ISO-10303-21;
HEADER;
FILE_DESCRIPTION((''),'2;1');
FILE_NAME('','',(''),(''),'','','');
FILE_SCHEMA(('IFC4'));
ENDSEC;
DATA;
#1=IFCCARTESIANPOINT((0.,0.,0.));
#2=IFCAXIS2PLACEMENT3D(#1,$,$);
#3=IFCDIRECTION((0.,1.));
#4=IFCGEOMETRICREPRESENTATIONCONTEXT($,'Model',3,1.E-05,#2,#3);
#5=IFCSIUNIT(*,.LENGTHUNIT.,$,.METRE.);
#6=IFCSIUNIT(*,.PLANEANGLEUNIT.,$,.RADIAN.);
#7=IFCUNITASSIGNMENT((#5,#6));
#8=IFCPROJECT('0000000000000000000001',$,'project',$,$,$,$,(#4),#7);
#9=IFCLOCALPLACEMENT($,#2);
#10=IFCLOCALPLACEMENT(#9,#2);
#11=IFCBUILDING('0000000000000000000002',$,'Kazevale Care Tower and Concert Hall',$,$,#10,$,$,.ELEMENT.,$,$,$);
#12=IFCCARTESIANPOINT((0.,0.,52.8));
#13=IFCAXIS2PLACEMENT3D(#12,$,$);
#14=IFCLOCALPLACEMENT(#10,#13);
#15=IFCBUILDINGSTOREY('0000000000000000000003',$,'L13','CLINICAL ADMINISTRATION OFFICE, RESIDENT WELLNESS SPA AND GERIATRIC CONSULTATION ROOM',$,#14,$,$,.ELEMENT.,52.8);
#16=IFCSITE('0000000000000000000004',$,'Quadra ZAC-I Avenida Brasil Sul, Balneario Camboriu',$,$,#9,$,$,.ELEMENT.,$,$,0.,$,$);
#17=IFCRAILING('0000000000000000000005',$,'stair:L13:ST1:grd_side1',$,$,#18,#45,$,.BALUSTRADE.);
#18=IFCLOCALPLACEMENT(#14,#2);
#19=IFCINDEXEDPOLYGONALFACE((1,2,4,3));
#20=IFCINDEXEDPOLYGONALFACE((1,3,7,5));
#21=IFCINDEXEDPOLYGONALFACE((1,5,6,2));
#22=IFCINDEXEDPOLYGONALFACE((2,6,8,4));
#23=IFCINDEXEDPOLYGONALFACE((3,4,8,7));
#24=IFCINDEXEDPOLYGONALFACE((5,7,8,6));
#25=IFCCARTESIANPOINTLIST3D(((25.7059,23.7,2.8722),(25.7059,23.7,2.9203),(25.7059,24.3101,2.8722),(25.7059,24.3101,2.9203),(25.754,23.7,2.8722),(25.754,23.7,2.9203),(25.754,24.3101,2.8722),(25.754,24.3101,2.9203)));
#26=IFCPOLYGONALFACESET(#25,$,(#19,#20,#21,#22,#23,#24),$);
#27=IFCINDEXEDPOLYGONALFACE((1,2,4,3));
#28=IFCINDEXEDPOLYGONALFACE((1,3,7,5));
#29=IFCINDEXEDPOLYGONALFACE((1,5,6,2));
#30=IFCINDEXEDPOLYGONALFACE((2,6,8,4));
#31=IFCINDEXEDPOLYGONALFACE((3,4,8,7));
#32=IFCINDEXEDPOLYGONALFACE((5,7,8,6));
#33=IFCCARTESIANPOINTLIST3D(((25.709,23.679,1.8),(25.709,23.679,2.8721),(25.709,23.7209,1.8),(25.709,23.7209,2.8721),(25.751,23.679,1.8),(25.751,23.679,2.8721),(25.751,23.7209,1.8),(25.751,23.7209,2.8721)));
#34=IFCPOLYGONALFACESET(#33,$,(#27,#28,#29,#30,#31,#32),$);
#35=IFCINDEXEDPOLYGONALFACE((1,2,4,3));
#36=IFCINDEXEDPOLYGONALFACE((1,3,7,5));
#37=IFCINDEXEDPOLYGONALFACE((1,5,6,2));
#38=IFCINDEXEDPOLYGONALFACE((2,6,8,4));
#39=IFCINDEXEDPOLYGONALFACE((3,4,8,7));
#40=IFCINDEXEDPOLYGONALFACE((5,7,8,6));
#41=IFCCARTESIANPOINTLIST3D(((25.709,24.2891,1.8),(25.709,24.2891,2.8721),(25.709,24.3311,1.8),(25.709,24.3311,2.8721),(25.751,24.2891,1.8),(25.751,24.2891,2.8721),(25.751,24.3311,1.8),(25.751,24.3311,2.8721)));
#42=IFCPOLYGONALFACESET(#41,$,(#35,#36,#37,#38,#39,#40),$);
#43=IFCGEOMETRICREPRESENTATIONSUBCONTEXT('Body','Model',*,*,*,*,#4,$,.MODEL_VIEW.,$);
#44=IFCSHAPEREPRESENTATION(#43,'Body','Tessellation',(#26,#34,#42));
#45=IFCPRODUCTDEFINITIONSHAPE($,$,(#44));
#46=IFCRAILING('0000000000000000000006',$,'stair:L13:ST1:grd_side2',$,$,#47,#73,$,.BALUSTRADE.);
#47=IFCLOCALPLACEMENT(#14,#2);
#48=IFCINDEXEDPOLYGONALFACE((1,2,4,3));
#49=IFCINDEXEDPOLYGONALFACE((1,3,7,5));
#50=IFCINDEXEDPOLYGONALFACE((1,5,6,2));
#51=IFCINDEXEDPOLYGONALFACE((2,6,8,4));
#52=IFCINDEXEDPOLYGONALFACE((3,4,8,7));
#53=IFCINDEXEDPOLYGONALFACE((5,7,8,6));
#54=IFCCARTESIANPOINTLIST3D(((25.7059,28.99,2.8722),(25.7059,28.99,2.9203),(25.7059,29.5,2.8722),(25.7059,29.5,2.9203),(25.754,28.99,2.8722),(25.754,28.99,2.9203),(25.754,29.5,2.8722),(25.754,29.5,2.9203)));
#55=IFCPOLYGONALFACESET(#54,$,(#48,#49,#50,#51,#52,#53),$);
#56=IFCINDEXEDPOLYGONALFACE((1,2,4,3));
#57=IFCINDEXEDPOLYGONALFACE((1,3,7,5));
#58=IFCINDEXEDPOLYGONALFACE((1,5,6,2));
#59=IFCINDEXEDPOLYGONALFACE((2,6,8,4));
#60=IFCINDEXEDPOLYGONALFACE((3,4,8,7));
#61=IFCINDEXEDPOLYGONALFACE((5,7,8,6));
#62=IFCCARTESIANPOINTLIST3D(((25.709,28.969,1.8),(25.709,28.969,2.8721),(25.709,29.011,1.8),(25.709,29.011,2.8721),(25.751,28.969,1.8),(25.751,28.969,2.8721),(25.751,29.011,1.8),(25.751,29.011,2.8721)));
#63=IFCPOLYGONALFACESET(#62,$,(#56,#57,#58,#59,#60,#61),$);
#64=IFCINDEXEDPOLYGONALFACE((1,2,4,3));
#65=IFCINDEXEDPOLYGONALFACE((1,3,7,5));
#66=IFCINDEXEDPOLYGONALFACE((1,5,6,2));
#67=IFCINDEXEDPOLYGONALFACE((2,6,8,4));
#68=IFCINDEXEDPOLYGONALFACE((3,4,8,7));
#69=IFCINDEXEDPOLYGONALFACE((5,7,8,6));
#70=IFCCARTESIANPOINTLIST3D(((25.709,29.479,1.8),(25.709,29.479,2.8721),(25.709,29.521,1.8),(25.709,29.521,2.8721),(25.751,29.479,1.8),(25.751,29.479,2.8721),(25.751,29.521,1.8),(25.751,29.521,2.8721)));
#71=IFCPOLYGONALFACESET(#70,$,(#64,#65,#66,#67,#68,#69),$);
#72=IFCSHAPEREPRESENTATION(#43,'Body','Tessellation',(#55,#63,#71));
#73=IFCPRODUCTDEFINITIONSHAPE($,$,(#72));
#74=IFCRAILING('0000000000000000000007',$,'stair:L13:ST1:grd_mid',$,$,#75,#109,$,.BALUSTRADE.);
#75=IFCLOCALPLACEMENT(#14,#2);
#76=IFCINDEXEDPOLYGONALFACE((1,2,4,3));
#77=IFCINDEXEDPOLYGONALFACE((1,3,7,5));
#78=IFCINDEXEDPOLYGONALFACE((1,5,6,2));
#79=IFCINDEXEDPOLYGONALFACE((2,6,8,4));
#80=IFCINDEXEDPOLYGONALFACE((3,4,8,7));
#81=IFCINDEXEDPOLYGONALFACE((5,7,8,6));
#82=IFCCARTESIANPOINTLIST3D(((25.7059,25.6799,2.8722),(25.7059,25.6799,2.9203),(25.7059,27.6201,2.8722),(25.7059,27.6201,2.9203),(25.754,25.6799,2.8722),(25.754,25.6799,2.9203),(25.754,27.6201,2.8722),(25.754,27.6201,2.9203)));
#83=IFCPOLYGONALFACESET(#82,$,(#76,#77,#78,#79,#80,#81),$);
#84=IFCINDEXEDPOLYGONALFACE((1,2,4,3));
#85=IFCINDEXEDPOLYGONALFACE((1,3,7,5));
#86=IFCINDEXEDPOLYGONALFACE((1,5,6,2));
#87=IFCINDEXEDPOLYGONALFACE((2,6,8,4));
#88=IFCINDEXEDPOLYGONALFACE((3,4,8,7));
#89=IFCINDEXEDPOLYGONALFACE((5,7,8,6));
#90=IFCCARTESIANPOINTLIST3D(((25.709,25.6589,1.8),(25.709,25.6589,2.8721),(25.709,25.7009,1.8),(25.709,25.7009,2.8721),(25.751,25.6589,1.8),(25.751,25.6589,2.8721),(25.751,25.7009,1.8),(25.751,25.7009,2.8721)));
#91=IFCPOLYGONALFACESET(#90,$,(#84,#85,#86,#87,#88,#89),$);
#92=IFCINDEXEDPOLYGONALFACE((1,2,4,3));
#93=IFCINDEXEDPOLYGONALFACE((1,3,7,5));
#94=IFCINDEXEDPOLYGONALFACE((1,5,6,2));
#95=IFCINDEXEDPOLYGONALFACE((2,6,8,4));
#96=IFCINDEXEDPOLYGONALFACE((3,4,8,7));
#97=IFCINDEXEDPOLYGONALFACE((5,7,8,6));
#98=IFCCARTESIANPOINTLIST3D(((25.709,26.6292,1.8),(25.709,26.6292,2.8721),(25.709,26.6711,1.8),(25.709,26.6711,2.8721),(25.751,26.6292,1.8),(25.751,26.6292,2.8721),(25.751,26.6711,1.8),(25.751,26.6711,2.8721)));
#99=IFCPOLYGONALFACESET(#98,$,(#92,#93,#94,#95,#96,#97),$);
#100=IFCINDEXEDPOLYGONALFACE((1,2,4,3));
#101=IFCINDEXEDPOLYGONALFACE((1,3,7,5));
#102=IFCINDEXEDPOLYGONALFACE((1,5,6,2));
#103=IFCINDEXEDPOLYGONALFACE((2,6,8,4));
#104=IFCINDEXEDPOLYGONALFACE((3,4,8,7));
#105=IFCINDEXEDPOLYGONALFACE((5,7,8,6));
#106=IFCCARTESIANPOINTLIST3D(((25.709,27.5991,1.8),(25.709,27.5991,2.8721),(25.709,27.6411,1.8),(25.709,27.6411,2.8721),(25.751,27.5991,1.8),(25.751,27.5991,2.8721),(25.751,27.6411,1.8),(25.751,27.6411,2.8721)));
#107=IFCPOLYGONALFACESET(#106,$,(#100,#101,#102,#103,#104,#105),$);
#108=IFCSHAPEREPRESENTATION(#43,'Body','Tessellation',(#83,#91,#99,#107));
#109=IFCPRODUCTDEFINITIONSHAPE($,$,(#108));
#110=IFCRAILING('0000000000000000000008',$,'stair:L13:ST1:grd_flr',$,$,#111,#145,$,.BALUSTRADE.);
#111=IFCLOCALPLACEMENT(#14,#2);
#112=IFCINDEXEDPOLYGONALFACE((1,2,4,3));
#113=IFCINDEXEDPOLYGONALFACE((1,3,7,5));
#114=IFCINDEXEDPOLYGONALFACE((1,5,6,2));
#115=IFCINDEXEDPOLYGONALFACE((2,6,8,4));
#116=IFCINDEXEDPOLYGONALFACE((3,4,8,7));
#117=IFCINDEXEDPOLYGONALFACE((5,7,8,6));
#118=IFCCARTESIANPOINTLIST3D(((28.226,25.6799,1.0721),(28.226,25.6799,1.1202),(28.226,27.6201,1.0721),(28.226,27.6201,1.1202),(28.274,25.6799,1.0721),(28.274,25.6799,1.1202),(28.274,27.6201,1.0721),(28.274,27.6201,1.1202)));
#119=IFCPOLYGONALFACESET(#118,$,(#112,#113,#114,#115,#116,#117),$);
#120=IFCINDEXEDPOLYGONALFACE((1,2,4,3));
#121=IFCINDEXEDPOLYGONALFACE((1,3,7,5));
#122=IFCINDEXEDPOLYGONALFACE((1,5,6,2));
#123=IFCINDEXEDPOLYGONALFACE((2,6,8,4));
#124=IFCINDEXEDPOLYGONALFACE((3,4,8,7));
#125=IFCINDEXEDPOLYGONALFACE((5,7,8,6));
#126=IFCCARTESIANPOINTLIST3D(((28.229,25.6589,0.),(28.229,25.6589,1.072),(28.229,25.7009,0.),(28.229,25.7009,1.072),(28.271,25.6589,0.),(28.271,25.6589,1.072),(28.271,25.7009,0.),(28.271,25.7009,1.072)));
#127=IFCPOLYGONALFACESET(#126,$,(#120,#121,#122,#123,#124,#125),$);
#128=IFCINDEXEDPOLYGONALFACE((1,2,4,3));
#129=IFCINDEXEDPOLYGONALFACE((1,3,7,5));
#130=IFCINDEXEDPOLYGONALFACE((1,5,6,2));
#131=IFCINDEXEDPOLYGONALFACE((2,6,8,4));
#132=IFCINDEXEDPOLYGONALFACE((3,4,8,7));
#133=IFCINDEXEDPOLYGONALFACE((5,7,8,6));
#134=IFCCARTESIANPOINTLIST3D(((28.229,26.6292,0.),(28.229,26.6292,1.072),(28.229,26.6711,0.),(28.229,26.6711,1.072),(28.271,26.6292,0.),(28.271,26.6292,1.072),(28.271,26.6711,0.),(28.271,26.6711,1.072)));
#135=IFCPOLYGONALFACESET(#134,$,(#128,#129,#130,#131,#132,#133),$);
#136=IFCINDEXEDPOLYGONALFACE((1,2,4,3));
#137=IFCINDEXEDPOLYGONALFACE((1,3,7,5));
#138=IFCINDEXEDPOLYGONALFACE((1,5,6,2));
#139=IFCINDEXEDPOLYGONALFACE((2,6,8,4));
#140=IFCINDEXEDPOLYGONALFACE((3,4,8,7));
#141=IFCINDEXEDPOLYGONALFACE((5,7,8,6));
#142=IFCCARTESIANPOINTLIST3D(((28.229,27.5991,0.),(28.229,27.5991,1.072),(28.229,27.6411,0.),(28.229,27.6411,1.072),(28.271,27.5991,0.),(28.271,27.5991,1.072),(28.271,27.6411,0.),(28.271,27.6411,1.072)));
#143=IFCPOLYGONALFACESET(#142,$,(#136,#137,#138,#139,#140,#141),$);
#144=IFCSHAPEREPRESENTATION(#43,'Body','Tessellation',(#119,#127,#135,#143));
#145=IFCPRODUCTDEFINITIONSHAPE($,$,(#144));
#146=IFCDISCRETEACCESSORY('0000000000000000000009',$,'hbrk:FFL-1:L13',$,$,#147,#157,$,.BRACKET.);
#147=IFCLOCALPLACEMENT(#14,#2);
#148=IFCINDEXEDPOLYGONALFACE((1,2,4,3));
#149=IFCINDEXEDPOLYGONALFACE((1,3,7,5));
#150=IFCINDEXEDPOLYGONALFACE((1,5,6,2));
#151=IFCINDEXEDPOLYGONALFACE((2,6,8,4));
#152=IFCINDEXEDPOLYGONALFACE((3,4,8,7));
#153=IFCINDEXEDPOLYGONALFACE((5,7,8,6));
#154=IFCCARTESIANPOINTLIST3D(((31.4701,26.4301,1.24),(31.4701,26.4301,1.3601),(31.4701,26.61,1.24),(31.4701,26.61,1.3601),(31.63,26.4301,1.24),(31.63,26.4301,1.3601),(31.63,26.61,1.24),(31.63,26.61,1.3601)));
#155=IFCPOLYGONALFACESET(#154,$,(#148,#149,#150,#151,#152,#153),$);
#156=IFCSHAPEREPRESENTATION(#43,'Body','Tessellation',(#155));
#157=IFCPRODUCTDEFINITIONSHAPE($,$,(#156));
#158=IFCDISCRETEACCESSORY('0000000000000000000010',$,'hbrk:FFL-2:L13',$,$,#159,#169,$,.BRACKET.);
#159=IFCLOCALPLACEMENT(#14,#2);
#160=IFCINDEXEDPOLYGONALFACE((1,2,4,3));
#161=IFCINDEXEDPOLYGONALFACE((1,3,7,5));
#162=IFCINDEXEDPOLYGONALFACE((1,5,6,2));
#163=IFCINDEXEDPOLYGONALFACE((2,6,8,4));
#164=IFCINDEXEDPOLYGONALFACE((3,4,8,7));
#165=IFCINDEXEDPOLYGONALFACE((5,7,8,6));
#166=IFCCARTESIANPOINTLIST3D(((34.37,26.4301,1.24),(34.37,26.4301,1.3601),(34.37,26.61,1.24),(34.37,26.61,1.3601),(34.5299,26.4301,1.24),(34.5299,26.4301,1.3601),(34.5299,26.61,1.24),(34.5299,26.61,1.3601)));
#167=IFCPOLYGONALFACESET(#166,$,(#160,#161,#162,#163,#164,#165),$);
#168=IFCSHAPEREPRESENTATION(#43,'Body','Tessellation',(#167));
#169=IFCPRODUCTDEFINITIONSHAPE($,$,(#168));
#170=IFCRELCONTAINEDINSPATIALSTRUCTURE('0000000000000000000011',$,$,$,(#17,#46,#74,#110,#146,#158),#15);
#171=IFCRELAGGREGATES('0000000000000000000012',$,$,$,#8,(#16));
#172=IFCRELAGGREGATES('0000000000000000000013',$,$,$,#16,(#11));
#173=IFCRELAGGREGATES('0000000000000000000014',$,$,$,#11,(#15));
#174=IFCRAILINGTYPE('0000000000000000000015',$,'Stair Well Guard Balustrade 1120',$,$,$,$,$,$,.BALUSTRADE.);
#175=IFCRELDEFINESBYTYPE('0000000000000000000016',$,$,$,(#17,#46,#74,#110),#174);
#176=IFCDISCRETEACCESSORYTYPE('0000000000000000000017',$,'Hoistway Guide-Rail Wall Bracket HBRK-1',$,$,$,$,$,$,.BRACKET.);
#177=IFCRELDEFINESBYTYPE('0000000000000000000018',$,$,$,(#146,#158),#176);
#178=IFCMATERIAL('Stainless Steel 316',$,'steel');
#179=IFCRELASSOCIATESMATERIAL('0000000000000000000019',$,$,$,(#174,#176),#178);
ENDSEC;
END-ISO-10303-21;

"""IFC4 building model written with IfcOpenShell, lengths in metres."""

from ifc_helpers import new_model, si_unit, direction, frame, origin, origin_2d, place, context, subcontext, project, spatial, rectangle, extrude, material, type_object, element, save


model = new_model("IFC4")

# Units and contexts
model_context = context("Model", 3, precision=1e-05, world=origin(), true_north=direction((0.0, 1.0)))
body_context = subcontext(model_context, "Body", "Model", "MODEL_VIEW")
ifc_project = project(units=[si_unit("LENGTHUNIT", "METRE"), si_unit("PLANEANGLEUNIT", "RADIAN")], contexts=[model_context])

# Site, building, storey
site_placement = place(None, origin())
site = spatial("IfcSite", under=ifc_project, at=site_placement, Name="Quadra ZAC-I Avenida Brasil Sul, Balneario Camboriu", CompositionType="ELEMENT", RefElevation=0.0)
building_placement = place(site_placement, origin())
building = spatial("IfcBuilding", under=site, at=building_placement, Name="Kazevale Care Tower and Concert Hall", CompositionType="ELEMENT")
storey_placement = place(building_placement, frame((0.0, 0.0, 52.8)))
storey = spatial("IfcBuildingStorey", under=building, at=storey_placement, Name="L13", Description="CLINICAL ADMINISTRATION OFFICE, RESIDENT WELLNESS SPA AND GERIATRIC CONSULTATION ROOM", CompositionType="ELEMENT", Elevation=52.8)

# Shared definitions
ifc_material_1 = material(Name="Stainless Steel 316", Category="steel")

# Railings
railing_type_1 = type_object("IfcRailingType", Name="Stair Well Guard Balustrade 1120", PredefinedType="BALUSTRADE", material=ifc_material_1)
railing_1_placement = place(storey_placement, frame((25.73, 23.7, 1.8)))
element("IfcRailing", 1, at=railing_1_placement, inside=storey, type_object=railing_type_1, Name="stair:L13:ST1:grd_side1", PredefinedType="BALUSTRADE", context=body_context, shape_type="SweptSolid", body=[
    extrude(rectangle(XDim=0.0481, YDim=0.0481, at=origin_2d()), frame((0.0, 0.0, 1.0962), z_axis=(0.0, 1.0, 0.0), x_axis=(-1.0, 0.0, 0.0)), (0.0, 0.0, 1.0), 0.6101),
    extrude(rectangle(XDim=0.042, YDim=0.042, at=origin_2d()), origin(), (0.0, 0.0, 1.0), 1.072),
    extrude(rectangle(XDim=0.042, YDim=0.042, at=origin_2d()), frame((0.0, 0.6101, 0.0)), (0.0, 0.0, 1.0), 1.072),
])
railing_2_placement = place(storey_placement, frame((25.73, 28.99, 1.8)))
element("IfcRailing", 2, at=railing_2_placement, inside=storey, type_object=railing_type_1, Name="stair:L13:ST1:grd_side2", PredefinedType="BALUSTRADE", context=body_context, shape_type="SweptSolid", body=[
    extrude(rectangle(XDim=0.0481, YDim=0.0481, at=origin_2d()), frame((0.0, 0.0, 1.0962), z_axis=(0.0, 1.0, 0.0), x_axis=(-1.0, 0.0, 0.0)), (0.0, 0.0, 1.0), 0.51),
    extrude(rectangle(XDim=0.042, YDim=0.042, at=origin_2d()), origin(), (0.0, 0.0, 1.0), 1.072),
    extrude(rectangle(XDim=0.042, YDim=0.042, at=origin_2d()), frame((0.0, 0.51, 0.0)), (0.0, 0.0, 1.0), 1.072),
])
for number, where, name in (
    (3, (25.73, 25.6799, 1.8), "stair:L13:ST1:grd_mid"),
    (4, (28.25, 25.6799, 0.0), "stair:L13:ST1:grd_flr"),
):
    element("IfcRailing", number, at=place(storey_placement, frame(where)), inside=storey, type_object=railing_type_1, Name=name, PredefinedType="BALUSTRADE", context=body_context, shape_type="SweptSolid", body=[
        extrude(rectangle(XDim=0.0481, YDim=0.0481, at=origin_2d()), frame((0.0, 0.0, 1.0962), z_axis=(0.0, 1.0, 0.0), x_axis=(-1.0, 0.0, 0.0)), (0.0, 0.0, 1.0), 1.9402),
        extrude(rectangle(XDim=0.042, YDim=0.042, at=origin_2d()), origin(), (0.0, 0.0, 1.0), 1.072),
        extrude(rectangle(XDim=0.042, YDim=0.042, at=origin_2d()), frame((0.0, 0.9702, 0.0)), (0.0, 0.0, 1.0), 1.072),
        extrude(rectangle(XDim=0.042, YDim=0.042, at=origin_2d()), frame((0.0, 1.9402, 0.0)), (0.0, 0.0, 1.0), 1.072),
    ])

# Discrete accessories
discrete_accessory_type = type_object("IfcDiscreteAccessoryType", Name="Hoistway Guide-Rail Wall Bracket HBRK-1", PredefinedType="BRACKET", material=ifc_material_1)
for number, where, z_axis, x_axis, name in (
    (5, (31.55, 26.52, 1.24), (0.0, 0.0, 1.0), (1.0, 0.0, 0.0), "hbrk:FFL-1:L13"),
    (6, (34.45, 26.52, 1.24), (0.0, 0.0, 1.0), (1.0, 0.0, 0.0), "hbrk:FFL-2:L13"),
):
    element("IfcDiscreteAccessory", number, at=place(storey_placement, frame(where, z_axis=z_axis, x_axis=x_axis)), inside=storey, type_object=discrete_accessory_type, Name=name, PredefinedType="BRACKET", context=body_context, shape_type="SweptSolid", body=[
        extrude(rectangle(XDim=0.1599, YDim=0.1799, at=origin_2d()), origin(), (0.0, 0.0, 1.0), 0.1201),
    ])

save(model, "model.ifc")
